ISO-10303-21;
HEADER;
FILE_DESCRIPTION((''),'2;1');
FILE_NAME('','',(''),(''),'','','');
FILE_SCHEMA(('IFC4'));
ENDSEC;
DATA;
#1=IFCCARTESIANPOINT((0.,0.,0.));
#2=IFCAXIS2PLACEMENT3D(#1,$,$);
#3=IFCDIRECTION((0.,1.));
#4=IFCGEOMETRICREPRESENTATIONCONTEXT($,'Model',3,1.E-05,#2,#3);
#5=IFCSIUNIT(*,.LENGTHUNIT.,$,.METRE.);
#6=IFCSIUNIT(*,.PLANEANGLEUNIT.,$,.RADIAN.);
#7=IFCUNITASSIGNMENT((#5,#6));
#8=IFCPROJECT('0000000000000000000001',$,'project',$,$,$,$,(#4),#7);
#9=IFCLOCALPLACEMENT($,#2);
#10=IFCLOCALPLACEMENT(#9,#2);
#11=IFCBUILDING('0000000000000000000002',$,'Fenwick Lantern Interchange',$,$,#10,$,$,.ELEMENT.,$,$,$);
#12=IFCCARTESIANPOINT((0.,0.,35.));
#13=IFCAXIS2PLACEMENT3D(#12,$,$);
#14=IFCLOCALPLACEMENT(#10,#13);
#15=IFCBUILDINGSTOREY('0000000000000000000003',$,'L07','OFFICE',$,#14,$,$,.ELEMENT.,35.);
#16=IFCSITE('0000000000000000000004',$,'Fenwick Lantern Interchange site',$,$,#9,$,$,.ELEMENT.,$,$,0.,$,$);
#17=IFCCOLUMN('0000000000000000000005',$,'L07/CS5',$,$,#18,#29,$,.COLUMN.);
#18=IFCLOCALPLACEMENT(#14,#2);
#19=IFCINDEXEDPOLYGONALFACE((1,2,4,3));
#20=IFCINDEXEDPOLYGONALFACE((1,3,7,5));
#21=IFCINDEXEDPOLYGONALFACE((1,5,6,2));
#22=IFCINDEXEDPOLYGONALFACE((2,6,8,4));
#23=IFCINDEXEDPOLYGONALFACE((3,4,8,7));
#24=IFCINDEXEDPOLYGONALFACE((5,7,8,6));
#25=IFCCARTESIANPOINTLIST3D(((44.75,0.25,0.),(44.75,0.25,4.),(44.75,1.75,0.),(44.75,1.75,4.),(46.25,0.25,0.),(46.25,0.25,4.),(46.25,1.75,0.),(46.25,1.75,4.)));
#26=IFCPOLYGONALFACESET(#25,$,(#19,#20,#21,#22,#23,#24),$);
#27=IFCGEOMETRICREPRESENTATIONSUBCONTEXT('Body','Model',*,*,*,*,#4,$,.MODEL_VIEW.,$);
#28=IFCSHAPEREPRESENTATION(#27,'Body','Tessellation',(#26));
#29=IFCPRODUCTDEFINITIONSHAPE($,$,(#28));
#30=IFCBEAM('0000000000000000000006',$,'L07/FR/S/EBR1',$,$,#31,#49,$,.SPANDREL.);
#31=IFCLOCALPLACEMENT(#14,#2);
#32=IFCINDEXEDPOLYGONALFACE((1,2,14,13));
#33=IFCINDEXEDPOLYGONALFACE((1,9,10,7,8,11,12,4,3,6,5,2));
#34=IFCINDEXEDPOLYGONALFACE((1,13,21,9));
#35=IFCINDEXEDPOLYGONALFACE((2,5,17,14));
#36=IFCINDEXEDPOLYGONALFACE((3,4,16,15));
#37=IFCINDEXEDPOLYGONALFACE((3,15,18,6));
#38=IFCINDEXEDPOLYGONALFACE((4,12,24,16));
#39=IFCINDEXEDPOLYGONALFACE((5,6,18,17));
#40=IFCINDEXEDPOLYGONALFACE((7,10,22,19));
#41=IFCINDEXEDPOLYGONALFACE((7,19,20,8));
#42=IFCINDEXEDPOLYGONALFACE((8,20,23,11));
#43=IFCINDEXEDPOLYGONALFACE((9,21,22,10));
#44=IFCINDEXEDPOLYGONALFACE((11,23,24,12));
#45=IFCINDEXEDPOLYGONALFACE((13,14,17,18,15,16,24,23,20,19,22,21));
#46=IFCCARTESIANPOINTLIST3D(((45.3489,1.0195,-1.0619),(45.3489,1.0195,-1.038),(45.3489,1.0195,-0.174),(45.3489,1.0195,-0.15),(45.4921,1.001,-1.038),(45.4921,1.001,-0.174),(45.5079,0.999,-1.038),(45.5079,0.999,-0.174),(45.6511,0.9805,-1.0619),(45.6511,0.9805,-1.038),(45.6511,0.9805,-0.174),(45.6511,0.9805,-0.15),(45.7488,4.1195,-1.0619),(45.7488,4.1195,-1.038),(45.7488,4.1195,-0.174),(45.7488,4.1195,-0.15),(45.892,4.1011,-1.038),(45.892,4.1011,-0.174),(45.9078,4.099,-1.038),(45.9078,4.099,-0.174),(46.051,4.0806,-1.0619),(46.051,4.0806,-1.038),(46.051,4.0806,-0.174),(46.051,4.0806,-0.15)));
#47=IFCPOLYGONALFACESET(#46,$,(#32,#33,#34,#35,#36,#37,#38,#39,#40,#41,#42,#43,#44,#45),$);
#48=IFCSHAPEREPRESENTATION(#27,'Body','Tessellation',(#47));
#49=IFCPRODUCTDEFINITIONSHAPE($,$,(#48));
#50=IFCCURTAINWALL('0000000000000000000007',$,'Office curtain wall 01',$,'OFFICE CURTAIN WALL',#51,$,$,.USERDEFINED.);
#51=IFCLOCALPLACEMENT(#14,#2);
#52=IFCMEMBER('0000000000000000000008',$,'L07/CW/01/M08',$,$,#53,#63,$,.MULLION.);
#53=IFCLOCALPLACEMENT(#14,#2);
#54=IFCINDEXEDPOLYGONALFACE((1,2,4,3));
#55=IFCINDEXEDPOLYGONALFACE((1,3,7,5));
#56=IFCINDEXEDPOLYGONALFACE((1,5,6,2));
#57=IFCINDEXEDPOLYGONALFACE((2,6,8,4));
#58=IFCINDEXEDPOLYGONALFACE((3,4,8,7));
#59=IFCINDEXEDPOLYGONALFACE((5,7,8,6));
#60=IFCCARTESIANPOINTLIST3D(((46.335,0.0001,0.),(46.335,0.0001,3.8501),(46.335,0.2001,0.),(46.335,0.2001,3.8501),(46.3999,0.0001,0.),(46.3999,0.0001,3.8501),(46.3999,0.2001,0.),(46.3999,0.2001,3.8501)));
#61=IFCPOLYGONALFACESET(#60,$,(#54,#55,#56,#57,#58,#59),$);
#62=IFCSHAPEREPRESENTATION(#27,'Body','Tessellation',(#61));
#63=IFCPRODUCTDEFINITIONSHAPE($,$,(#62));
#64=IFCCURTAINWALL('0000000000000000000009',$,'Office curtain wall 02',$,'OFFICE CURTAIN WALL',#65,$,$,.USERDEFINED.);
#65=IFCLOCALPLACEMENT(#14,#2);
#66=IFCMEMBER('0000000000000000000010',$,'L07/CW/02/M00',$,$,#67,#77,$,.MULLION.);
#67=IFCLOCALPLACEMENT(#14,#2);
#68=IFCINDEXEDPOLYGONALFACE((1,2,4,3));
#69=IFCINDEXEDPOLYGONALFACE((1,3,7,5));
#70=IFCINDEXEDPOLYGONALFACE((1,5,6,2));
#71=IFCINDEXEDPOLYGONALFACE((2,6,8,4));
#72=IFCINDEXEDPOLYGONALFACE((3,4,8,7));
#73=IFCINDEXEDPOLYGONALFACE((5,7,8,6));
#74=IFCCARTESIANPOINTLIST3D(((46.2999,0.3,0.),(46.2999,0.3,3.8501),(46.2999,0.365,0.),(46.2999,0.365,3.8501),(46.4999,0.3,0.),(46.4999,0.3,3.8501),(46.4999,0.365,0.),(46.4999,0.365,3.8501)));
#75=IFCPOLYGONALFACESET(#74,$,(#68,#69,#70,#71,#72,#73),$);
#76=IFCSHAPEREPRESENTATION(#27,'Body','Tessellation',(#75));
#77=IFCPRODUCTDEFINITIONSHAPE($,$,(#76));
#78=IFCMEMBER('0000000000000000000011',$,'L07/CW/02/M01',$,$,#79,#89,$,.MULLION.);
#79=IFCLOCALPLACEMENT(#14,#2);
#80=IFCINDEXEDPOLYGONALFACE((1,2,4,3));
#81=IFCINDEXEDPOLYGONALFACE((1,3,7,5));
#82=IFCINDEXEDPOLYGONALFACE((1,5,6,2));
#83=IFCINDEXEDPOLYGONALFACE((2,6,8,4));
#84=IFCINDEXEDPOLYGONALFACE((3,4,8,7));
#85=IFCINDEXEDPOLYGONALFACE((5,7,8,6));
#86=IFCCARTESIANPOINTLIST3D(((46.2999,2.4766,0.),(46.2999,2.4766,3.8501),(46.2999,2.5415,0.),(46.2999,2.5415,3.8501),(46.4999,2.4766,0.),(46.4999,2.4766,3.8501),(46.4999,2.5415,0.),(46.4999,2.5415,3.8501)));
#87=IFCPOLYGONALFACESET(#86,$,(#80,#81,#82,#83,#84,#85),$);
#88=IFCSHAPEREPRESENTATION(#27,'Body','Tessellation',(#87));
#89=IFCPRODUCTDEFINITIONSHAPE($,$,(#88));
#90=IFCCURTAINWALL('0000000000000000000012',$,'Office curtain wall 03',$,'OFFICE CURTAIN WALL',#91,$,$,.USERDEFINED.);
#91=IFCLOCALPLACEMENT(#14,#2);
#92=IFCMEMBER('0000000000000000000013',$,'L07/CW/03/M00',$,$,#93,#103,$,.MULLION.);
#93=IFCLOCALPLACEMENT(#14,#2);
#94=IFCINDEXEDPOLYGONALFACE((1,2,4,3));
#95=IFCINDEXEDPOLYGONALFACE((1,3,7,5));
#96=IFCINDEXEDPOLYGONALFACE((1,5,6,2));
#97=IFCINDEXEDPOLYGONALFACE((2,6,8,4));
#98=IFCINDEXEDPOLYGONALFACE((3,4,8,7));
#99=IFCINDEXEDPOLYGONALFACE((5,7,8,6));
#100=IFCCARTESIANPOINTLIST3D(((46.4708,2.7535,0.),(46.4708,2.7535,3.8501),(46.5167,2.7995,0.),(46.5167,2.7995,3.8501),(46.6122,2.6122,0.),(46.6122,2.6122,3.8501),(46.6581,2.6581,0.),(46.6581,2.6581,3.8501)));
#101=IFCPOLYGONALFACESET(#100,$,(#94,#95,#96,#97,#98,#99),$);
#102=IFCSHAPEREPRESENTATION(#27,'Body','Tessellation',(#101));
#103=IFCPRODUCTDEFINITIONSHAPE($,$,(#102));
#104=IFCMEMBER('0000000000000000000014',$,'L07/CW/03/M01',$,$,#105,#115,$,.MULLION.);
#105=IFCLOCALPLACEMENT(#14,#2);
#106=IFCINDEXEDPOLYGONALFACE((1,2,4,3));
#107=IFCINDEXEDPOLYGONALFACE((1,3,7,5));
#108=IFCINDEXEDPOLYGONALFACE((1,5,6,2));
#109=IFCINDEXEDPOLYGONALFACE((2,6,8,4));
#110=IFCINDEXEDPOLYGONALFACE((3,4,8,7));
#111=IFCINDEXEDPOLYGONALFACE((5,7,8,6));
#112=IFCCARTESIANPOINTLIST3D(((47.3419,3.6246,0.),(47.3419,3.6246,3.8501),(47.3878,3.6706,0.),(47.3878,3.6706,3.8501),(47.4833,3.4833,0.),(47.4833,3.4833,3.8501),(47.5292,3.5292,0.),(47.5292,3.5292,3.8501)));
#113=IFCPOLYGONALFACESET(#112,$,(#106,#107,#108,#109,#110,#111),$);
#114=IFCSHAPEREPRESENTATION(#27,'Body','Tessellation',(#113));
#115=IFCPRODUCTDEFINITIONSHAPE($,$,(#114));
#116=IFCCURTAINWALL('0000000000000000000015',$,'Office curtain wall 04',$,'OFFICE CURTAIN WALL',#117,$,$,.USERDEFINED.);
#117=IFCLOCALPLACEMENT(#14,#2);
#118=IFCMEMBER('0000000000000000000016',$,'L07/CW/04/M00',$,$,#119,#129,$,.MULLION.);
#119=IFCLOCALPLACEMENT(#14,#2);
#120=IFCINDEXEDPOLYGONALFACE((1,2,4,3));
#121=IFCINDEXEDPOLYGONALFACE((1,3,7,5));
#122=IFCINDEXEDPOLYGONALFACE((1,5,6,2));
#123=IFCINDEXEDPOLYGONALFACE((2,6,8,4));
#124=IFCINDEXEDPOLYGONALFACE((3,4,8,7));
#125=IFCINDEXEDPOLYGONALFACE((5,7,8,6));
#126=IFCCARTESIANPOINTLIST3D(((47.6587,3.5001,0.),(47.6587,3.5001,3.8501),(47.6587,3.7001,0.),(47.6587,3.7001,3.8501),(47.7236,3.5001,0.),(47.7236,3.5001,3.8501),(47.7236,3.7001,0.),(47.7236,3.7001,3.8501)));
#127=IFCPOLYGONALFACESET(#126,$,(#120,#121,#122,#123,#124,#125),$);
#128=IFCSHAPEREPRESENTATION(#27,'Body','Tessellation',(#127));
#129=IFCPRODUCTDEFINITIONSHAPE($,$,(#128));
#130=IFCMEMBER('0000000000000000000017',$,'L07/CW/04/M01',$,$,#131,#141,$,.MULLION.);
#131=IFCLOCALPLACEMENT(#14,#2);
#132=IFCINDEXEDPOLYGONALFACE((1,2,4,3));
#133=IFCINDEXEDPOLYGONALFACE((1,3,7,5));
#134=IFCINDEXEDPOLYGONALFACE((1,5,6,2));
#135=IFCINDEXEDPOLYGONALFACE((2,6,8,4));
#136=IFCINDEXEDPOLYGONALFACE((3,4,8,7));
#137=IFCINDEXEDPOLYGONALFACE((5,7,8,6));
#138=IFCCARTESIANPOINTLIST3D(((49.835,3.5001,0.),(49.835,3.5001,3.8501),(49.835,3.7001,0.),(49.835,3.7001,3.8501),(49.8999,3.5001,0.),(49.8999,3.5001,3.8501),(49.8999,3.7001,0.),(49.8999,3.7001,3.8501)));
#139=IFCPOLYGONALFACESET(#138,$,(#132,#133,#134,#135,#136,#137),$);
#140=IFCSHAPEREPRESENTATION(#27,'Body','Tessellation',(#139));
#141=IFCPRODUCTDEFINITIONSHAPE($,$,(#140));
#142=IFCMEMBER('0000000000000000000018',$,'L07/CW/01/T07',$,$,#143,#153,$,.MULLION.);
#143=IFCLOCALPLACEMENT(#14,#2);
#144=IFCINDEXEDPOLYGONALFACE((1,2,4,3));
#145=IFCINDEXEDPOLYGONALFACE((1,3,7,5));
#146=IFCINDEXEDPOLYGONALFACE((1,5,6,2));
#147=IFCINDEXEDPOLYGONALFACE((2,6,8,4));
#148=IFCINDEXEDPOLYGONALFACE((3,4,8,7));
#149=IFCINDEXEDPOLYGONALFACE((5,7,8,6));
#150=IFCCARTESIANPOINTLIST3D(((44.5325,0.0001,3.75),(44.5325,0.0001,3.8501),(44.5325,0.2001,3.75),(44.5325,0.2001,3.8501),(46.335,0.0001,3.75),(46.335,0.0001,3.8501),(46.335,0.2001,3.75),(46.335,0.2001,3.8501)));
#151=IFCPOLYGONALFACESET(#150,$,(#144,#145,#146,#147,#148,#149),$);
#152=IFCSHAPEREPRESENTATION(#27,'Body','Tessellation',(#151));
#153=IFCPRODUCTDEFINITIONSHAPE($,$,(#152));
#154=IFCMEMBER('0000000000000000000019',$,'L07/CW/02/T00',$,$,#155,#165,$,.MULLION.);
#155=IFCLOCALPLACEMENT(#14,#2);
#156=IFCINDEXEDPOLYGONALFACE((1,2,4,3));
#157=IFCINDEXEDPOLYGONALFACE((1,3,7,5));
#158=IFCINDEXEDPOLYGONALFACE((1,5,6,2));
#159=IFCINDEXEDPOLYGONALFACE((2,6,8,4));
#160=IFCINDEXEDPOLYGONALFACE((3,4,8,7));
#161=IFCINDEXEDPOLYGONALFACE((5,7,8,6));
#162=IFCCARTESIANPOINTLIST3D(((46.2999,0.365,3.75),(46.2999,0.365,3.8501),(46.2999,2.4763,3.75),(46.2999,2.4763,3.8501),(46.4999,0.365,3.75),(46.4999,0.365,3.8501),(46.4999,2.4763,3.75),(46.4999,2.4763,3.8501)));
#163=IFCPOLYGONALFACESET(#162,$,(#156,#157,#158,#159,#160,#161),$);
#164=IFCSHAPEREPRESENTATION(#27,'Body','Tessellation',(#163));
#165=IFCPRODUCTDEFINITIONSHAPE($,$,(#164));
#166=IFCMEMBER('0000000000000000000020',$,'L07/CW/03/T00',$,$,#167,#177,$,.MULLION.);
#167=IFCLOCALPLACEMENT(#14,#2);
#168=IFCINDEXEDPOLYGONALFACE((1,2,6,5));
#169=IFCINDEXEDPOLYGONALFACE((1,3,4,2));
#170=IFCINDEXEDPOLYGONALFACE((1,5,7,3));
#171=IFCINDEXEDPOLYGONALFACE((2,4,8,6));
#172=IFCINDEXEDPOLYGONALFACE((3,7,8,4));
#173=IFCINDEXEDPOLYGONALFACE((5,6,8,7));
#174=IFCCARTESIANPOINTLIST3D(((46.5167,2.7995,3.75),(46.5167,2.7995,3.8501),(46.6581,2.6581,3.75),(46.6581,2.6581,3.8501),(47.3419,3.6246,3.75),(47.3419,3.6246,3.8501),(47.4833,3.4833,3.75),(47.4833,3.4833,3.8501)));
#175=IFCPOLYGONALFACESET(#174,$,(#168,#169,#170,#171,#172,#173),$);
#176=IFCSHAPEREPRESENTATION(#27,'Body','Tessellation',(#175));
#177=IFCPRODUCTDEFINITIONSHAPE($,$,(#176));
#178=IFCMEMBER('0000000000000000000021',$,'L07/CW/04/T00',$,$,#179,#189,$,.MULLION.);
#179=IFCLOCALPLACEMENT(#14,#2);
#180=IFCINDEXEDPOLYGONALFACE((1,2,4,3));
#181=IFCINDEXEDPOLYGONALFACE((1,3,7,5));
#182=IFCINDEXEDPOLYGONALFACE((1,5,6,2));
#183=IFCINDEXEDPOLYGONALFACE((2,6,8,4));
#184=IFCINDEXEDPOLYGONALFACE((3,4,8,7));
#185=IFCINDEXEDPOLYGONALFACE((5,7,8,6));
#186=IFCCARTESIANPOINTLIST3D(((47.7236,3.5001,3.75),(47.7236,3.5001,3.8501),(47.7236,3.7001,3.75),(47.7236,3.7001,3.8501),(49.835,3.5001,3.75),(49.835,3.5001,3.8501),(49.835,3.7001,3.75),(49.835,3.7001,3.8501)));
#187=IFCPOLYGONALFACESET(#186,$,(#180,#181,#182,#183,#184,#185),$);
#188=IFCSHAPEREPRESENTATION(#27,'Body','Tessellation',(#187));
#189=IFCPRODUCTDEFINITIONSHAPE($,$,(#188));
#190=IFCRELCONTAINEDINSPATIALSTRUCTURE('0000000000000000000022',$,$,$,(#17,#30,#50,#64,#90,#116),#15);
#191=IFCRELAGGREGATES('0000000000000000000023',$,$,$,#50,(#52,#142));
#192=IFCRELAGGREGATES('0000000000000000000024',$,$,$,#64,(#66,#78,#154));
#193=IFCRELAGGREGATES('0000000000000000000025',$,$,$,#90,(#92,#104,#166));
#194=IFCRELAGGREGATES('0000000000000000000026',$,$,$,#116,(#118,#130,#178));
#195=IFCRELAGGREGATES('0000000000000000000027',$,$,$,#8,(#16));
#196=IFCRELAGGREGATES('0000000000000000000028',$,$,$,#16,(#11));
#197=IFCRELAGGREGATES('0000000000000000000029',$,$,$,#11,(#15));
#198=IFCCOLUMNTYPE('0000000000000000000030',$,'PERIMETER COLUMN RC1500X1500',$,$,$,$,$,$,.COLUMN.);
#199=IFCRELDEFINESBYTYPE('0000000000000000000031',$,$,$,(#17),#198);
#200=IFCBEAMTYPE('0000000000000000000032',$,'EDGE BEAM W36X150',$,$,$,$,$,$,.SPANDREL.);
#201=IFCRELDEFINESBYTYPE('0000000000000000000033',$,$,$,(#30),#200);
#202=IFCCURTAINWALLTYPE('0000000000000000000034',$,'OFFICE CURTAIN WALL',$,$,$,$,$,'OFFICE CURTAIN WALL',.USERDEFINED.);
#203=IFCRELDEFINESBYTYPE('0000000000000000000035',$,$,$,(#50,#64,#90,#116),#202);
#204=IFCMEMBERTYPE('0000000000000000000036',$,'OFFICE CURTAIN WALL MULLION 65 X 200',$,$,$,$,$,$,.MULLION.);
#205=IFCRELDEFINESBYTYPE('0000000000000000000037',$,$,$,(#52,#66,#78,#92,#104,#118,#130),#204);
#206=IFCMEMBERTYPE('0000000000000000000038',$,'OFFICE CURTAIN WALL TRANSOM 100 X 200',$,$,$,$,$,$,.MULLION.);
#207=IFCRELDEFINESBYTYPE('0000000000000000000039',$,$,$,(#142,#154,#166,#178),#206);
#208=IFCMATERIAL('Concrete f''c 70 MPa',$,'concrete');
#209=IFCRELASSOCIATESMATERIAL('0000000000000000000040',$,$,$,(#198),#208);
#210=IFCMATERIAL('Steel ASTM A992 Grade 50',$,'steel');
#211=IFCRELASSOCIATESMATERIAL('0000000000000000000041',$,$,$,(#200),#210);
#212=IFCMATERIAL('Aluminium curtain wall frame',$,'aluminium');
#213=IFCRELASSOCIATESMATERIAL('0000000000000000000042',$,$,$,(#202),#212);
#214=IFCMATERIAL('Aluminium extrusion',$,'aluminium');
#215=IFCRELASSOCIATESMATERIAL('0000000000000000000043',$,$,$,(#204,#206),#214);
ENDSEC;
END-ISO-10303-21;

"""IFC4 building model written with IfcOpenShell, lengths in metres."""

from ifc_helpers import new_model, si_unit, direction, frame, origin, origin_2d, place, context, subcontext, project, spatial, rectangle, i_section, extrude, material, material_profile, profile_set, type_object, element, aggregate, save


model = new_model("IFC4")

# Units and contexts
model_context = context("Model", 3, precision=1e-05, world=origin(), true_north=direction((0.0, 1.0)))
body_context = subcontext(model_context, "Body", "Model", "MODEL_VIEW")
ifc_project = project(units=[si_unit("LENGTHUNIT", "METRE"), si_unit("PLANEANGLEUNIT", "RADIAN")], contexts=[model_context])

# Site, building, storey
site_placement = place(None, origin())
site = spatial("IfcSite", under=ifc_project, at=site_placement, Name="Fenwick Lantern Interchange site", CompositionType="ELEMENT", RefElevation=0.0)
building_placement = place(site_placement, origin())
building = spatial("IfcBuilding", under=site, at=building_placement, Name="Fenwick Lantern Interchange", CompositionType="ELEMENT")
storey_placement = place(building_placement, frame((0.0, 0.0, 35.0)))
storey = spatial("IfcBuildingStorey", under=building, at=storey_placement, Name="L07", Description="OFFICE", CompositionType="ELEMENT", Elevation=35.0)

# Column
ifc_material_1 = material(Name="Concrete f'c 70 MPa", Category="concrete")
ifc_material_profile_1 = material_profile(ifc_material_1, rectangle(XDim=1.5, YDim=1.5, at=origin_2d()), Name="RC1500X1500")
ifc_profile_set_1 = profile_set([ifc_material_profile_1], Name="Concrete f'c 70 MPa")
column_type = type_object("IfcColumnType", Name="PERIMETER COLUMN RC1500X1500", PredefinedType="COLUMN", material=ifc_profile_set_1)
column_placement = place(storey_placement, frame((45.5, 1.0, 0.0), z_axis=(0.0, 0.0, 1.0), x_axis=(1.0, 0.0, 0.0)))
element("IfcColumn", 1, at=column_placement, inside=storey, type_object=column_type, Name="L07/CS5", PredefinedType="COLUMN", context=body_context, shape_type="SweptSolid", body=[
    extrude(rectangle(XDim=1.5, YDim=1.5, at=origin_2d()), origin(), (0.0, 0.0, 1.0), 4.0),
])

# Beam
ifc_material_2 = material(Name="Steel ASTM A992 Grade 50", Category="steel")
ifc_material_profile_2 = material_profile(ifc_material_2, i_section(OverallWidth=0.3047, OverallDepth=0.9119, WebThickness=0.0159, FlangeThickness=0.0239, at=origin_2d()), Name="W36X150")
ifc_profile_set_2 = profile_set([ifc_material_profile_2], Name="Steel ASTM A992 Grade 50")
beam_type = type_object("IfcBeamType", Name="EDGE BEAM W36X150", PredefinedType="SPANDREL", material=ifc_profile_set_2)
beam_placement = place(storey_placement, frame((45.5, 1.0, -0.606), z_axis=(0.127937, 0.991782, 0.0), x_axis=(-0.991782, 0.127937, 0.0)))
element("IfcBeam", 2, at=beam_placement, inside=storey, type_object=beam_type, Name="L07/FR/S/EBR1", PredefinedType="SPANDREL", context=body_context, shape_type="SweptSolid", body=[
    extrude(i_section(OverallWidth=0.3047, OverallDepth=0.9119, WebThickness=0.0159, FlangeThickness=0.0239, at=origin_2d()), origin(), (0.0, 0.0, 1.0), 3.1257),
])

# Curtain wall, member
ifc_material_3 = material(Name="Aluminium curtain wall frame", Category="aluminium")
curtain_wall_type = type_object("IfcCurtainWallType", Name="OFFICE CURTAIN WALL", ElementType="OFFICE CURTAIN WALL", PredefinedType="USERDEFINED", material=ifc_material_3)
curtain_wall_1_placement = place(storey_placement, origin())
curtain_wall_1 = element("IfcCurtainWall", 3, at=curtain_wall_1_placement, inside=storey, type_object=curtain_wall_type, Name="Office curtain wall 01", ObjectType="OFFICE CURTAIN WALL", PredefinedType="USERDEFINED")
ifc_material_4 = material(Name="Aluminium extrusion", Category="aluminium")
ifc_material_profile_3 = material_profile(ifc_material_4, rectangle(XDim=0.2, YDim=0.0649, at=origin_2d()), Name="OFFICE CURTAIN WALL MULLION 65 X 200")
ifc_profile_set_3 = profile_set([ifc_material_profile_3], Name="Aluminium extrusion")
member_type_1 = type_object("IfcMemberType", Name="OFFICE CURTAIN WALL MULLION 65 X 200", PredefinedType="MULLION", material=ifc_profile_set_3)
member_1_placement = place(storey_placement, frame((46.3674, 0.1001, 0.0), z_axis=(0.0, 0.0, 1.0), x_axis=(0.0, 1.0, 0.0)))
member_1 = element("IfcMember", 4, at=member_1_placement, type_object=member_type_1, Name="L07/CW/01/M08", PredefinedType="MULLION", context=body_context, shape_type="SweptSolid", body=[
    extrude(rectangle(XDim=0.2, YDim=0.0649, at=origin_2d()), origin(), (0.0, 0.0, 1.0), 3.8501),
])

# Curtain walls, members
curtain_wall_2_placement = place(storey_placement, origin())
curtain_wall_2 = element("IfcCurtainWall", 5, at=curtain_wall_2_placement, inside=storey, type_object=curtain_wall_type, Name="Office curtain wall 02", ObjectType="OFFICE CURTAIN WALL", PredefinedType="USERDEFINED")
member_2_placement = place(storey_placement, frame((46.3999, 0.3325, 0.0), z_axis=(0.0, 0.0, 1.0), x_axis=(-1.0, 0.0, 0.0)))
member_2 = element("IfcMember", 6, at=member_2_placement, type_object=member_type_1, Name="L07/CW/02/M00", PredefinedType="MULLION", context=body_context, shape_type="SweptSolid", body=[
    extrude(rectangle(XDim=0.2, YDim=0.0649, at=origin_2d()), origin(), (0.0, 0.0, 1.0), 3.8501),
])
member_3_placement = place(storey_placement, frame((46.3999, 2.509, 0.0), z_axis=(0.0, 0.0, 1.0), x_axis=(-1.0, 0.0, 0.0)))
member_3 = element("IfcMember", 7, at=member_3_placement, type_object=member_type_1, Name="L07/CW/02/M01", PredefinedType="MULLION", context=body_context, shape_type="SweptSolid", body=[
    extrude(rectangle(XDim=0.2, YDim=0.0649, at=origin_2d()), origin(), (0.0, 0.0, 1.0), 3.8501),
])
curtain_wall_3_placement = place(storey_placement, origin())
curtain_wall_3 = element("IfcCurtainWall", 8, at=curtain_wall_3_placement, inside=storey, type_object=curtain_wall_type, Name="Office curtain wall 03", ObjectType="OFFICE CURTAIN WALL", PredefinedType="USERDEFINED")
member_4_placement = place(storey_placement, frame((46.5645, 2.7058, 0.0), z_axis=(0.0, 0.0, 1.0), x_axis=(-0.707107, 0.707107, 0.0)))
member_4 = element("IfcMember", 9, at=member_4_placement, type_object=member_type_1, Name="L07/CW/03/M00", PredefinedType="MULLION", context=body_context, shape_type="SweptSolid", body=[
    extrude(rectangle(XDim=0.2, YDim=0.0649, at=origin_2d()), origin(), (0.0, 0.0, 1.0), 3.8501),
])
member_5_placement = place(storey_placement, frame((47.4355, 3.5769, 0.0), z_axis=(0.0, 0.0, 1.0), x_axis=(-0.707107, 0.707107, 0.0)))
member_5 = element("IfcMember", 10, at=member_5_placement, type_object=member_type_1, Name="L07/CW/03/M01", PredefinedType="MULLION", context=body_context, shape_type="SweptSolid", body=[
    extrude(rectangle(XDim=0.2, YDim=0.0649, at=origin_2d()), origin(), (0.0, 0.0, 1.0), 3.8501),
])
curtain_wall_4_placement = place(storey_placement, origin())
curtain_wall_4 = element("IfcCurtainWall", 11, at=curtain_wall_4_placement, inside=storey, type_object=curtain_wall_type, Name="Office curtain wall 04", ObjectType="OFFICE CURTAIN WALL", PredefinedType="USERDEFINED")
member_6_placement = place(storey_placement, frame((47.6912, 3.6001, 0.0), z_axis=(0.0, 0.0, 1.0), x_axis=(0.0, 1.0, 0.0)))
member_6 = element("IfcMember", 12, at=member_6_placement, type_object=member_type_1, Name="L07/CW/04/M00", PredefinedType="MULLION", context=body_context, shape_type="SweptSolid", body=[
    extrude(rectangle(XDim=0.2, YDim=0.0649, at=origin_2d()), origin(), (0.0, 0.0, 1.0), 3.8501),
])
member_7_placement = place(storey_placement, frame((49.8674, 3.6001, 0.0), z_axis=(0.0, 0.0, 1.0), x_axis=(0.0, 1.0, 0.0)))
member_7 = element("IfcMember", 13, at=member_7_placement, type_object=member_type_1, Name="L07/CW/04/M01", PredefinedType="MULLION", context=body_context, shape_type="SweptSolid", body=[
    extrude(rectangle(XDim=0.2, YDim=0.0649, at=origin_2d()), origin(), (0.0, 0.0, 1.0), 3.8501),
])

# Members
ifc_material_profile_4 = material_profile(ifc_material_4, rectangle(XDim=0.2, YDim=0.1001, at=origin_2d()), Name="OFFICE CURTAIN WALL TRANSOM 100 X 200")
ifc_profile_set_4 = profile_set([ifc_material_profile_4], Name="Aluminium extrusion")
member_type_2 = type_object("IfcMemberType", Name="OFFICE CURTAIN WALL TRANSOM 100 X 200", PredefinedType="MULLION", material=ifc_profile_set_4)
member_8_placement = place(storey_placement, frame((44.5325, 0.1001, 3.8), z_axis=(1.0, 0.0, 0.0), x_axis=(0.0, 1.0, 0.0)))
member_8 = element("IfcMember", 14, at=member_8_placement, type_object=member_type_2, Name="L07/CW/01/T07", PredefinedType="MULLION", context=body_context, shape_type="SweptSolid", body=[
    extrude(rectangle(XDim=0.2, YDim=0.1001, at=origin_2d()), origin(), (0.0, 0.0, 1.0), 1.8025),
])
aggregate(curtain_wall_1, [member_1, member_8])
member_9_placement = place(storey_placement, frame((46.3999, 0.365, 3.8), z_axis=(0.0, 1.0, 0.0), x_axis=(-1.0, 0.0, 0.0)))
member_9 = element("IfcMember", 15, at=member_9_placement, type_object=member_type_2, Name="L07/CW/02/T00", PredefinedType="MULLION", context=body_context, shape_type="SweptSolid", body=[
    extrude(rectangle(XDim=0.2, YDim=0.1001, at=origin_2d()), origin(), (0.0, 0.0, 1.0), 2.1113),
])
member_10_placement = place(storey_placement, frame((46.5874, 2.7288, 3.8), z_axis=(0.707107, 0.707107, 0.0), x_axis=(-0.707107, 0.707107, 0.0)))
member_10 = element("IfcMember", 16, at=member_10_placement, type_object=member_type_2, Name="L07/CW/03/T00", PredefinedType="MULLION", context=body_context, shape_type="SweptSolid", body=[
    extrude(rectangle(XDim=0.2, YDim=0.1001, at=origin_2d()), origin(), (0.0, 0.0, 1.0), 1.167),
])
member_11_placement = place(storey_placement, frame((47.7236, 3.6001, 3.8), z_axis=(1.0, 0.0, 0.0), x_axis=(0.0, 1.0, 0.0)))
member_11 = element("IfcMember", 17, at=member_11_placement, type_object=member_type_2, Name="L07/CW/04/T00", PredefinedType="MULLION", context=body_context, shape_type="SweptSolid", body=[
    extrude(rectangle(XDim=0.2, YDim=0.1001, at=origin_2d()), origin(), (0.0, 0.0, 1.0), 2.1113),
])

aggregate(curtain_wall_2, [member_2, member_3, member_9])
aggregate(curtain_wall_3, [member_4, member_5, member_10])
aggregate(curtain_wall_4, [member_6, member_7, member_11])

save(model, "model.ifc")
